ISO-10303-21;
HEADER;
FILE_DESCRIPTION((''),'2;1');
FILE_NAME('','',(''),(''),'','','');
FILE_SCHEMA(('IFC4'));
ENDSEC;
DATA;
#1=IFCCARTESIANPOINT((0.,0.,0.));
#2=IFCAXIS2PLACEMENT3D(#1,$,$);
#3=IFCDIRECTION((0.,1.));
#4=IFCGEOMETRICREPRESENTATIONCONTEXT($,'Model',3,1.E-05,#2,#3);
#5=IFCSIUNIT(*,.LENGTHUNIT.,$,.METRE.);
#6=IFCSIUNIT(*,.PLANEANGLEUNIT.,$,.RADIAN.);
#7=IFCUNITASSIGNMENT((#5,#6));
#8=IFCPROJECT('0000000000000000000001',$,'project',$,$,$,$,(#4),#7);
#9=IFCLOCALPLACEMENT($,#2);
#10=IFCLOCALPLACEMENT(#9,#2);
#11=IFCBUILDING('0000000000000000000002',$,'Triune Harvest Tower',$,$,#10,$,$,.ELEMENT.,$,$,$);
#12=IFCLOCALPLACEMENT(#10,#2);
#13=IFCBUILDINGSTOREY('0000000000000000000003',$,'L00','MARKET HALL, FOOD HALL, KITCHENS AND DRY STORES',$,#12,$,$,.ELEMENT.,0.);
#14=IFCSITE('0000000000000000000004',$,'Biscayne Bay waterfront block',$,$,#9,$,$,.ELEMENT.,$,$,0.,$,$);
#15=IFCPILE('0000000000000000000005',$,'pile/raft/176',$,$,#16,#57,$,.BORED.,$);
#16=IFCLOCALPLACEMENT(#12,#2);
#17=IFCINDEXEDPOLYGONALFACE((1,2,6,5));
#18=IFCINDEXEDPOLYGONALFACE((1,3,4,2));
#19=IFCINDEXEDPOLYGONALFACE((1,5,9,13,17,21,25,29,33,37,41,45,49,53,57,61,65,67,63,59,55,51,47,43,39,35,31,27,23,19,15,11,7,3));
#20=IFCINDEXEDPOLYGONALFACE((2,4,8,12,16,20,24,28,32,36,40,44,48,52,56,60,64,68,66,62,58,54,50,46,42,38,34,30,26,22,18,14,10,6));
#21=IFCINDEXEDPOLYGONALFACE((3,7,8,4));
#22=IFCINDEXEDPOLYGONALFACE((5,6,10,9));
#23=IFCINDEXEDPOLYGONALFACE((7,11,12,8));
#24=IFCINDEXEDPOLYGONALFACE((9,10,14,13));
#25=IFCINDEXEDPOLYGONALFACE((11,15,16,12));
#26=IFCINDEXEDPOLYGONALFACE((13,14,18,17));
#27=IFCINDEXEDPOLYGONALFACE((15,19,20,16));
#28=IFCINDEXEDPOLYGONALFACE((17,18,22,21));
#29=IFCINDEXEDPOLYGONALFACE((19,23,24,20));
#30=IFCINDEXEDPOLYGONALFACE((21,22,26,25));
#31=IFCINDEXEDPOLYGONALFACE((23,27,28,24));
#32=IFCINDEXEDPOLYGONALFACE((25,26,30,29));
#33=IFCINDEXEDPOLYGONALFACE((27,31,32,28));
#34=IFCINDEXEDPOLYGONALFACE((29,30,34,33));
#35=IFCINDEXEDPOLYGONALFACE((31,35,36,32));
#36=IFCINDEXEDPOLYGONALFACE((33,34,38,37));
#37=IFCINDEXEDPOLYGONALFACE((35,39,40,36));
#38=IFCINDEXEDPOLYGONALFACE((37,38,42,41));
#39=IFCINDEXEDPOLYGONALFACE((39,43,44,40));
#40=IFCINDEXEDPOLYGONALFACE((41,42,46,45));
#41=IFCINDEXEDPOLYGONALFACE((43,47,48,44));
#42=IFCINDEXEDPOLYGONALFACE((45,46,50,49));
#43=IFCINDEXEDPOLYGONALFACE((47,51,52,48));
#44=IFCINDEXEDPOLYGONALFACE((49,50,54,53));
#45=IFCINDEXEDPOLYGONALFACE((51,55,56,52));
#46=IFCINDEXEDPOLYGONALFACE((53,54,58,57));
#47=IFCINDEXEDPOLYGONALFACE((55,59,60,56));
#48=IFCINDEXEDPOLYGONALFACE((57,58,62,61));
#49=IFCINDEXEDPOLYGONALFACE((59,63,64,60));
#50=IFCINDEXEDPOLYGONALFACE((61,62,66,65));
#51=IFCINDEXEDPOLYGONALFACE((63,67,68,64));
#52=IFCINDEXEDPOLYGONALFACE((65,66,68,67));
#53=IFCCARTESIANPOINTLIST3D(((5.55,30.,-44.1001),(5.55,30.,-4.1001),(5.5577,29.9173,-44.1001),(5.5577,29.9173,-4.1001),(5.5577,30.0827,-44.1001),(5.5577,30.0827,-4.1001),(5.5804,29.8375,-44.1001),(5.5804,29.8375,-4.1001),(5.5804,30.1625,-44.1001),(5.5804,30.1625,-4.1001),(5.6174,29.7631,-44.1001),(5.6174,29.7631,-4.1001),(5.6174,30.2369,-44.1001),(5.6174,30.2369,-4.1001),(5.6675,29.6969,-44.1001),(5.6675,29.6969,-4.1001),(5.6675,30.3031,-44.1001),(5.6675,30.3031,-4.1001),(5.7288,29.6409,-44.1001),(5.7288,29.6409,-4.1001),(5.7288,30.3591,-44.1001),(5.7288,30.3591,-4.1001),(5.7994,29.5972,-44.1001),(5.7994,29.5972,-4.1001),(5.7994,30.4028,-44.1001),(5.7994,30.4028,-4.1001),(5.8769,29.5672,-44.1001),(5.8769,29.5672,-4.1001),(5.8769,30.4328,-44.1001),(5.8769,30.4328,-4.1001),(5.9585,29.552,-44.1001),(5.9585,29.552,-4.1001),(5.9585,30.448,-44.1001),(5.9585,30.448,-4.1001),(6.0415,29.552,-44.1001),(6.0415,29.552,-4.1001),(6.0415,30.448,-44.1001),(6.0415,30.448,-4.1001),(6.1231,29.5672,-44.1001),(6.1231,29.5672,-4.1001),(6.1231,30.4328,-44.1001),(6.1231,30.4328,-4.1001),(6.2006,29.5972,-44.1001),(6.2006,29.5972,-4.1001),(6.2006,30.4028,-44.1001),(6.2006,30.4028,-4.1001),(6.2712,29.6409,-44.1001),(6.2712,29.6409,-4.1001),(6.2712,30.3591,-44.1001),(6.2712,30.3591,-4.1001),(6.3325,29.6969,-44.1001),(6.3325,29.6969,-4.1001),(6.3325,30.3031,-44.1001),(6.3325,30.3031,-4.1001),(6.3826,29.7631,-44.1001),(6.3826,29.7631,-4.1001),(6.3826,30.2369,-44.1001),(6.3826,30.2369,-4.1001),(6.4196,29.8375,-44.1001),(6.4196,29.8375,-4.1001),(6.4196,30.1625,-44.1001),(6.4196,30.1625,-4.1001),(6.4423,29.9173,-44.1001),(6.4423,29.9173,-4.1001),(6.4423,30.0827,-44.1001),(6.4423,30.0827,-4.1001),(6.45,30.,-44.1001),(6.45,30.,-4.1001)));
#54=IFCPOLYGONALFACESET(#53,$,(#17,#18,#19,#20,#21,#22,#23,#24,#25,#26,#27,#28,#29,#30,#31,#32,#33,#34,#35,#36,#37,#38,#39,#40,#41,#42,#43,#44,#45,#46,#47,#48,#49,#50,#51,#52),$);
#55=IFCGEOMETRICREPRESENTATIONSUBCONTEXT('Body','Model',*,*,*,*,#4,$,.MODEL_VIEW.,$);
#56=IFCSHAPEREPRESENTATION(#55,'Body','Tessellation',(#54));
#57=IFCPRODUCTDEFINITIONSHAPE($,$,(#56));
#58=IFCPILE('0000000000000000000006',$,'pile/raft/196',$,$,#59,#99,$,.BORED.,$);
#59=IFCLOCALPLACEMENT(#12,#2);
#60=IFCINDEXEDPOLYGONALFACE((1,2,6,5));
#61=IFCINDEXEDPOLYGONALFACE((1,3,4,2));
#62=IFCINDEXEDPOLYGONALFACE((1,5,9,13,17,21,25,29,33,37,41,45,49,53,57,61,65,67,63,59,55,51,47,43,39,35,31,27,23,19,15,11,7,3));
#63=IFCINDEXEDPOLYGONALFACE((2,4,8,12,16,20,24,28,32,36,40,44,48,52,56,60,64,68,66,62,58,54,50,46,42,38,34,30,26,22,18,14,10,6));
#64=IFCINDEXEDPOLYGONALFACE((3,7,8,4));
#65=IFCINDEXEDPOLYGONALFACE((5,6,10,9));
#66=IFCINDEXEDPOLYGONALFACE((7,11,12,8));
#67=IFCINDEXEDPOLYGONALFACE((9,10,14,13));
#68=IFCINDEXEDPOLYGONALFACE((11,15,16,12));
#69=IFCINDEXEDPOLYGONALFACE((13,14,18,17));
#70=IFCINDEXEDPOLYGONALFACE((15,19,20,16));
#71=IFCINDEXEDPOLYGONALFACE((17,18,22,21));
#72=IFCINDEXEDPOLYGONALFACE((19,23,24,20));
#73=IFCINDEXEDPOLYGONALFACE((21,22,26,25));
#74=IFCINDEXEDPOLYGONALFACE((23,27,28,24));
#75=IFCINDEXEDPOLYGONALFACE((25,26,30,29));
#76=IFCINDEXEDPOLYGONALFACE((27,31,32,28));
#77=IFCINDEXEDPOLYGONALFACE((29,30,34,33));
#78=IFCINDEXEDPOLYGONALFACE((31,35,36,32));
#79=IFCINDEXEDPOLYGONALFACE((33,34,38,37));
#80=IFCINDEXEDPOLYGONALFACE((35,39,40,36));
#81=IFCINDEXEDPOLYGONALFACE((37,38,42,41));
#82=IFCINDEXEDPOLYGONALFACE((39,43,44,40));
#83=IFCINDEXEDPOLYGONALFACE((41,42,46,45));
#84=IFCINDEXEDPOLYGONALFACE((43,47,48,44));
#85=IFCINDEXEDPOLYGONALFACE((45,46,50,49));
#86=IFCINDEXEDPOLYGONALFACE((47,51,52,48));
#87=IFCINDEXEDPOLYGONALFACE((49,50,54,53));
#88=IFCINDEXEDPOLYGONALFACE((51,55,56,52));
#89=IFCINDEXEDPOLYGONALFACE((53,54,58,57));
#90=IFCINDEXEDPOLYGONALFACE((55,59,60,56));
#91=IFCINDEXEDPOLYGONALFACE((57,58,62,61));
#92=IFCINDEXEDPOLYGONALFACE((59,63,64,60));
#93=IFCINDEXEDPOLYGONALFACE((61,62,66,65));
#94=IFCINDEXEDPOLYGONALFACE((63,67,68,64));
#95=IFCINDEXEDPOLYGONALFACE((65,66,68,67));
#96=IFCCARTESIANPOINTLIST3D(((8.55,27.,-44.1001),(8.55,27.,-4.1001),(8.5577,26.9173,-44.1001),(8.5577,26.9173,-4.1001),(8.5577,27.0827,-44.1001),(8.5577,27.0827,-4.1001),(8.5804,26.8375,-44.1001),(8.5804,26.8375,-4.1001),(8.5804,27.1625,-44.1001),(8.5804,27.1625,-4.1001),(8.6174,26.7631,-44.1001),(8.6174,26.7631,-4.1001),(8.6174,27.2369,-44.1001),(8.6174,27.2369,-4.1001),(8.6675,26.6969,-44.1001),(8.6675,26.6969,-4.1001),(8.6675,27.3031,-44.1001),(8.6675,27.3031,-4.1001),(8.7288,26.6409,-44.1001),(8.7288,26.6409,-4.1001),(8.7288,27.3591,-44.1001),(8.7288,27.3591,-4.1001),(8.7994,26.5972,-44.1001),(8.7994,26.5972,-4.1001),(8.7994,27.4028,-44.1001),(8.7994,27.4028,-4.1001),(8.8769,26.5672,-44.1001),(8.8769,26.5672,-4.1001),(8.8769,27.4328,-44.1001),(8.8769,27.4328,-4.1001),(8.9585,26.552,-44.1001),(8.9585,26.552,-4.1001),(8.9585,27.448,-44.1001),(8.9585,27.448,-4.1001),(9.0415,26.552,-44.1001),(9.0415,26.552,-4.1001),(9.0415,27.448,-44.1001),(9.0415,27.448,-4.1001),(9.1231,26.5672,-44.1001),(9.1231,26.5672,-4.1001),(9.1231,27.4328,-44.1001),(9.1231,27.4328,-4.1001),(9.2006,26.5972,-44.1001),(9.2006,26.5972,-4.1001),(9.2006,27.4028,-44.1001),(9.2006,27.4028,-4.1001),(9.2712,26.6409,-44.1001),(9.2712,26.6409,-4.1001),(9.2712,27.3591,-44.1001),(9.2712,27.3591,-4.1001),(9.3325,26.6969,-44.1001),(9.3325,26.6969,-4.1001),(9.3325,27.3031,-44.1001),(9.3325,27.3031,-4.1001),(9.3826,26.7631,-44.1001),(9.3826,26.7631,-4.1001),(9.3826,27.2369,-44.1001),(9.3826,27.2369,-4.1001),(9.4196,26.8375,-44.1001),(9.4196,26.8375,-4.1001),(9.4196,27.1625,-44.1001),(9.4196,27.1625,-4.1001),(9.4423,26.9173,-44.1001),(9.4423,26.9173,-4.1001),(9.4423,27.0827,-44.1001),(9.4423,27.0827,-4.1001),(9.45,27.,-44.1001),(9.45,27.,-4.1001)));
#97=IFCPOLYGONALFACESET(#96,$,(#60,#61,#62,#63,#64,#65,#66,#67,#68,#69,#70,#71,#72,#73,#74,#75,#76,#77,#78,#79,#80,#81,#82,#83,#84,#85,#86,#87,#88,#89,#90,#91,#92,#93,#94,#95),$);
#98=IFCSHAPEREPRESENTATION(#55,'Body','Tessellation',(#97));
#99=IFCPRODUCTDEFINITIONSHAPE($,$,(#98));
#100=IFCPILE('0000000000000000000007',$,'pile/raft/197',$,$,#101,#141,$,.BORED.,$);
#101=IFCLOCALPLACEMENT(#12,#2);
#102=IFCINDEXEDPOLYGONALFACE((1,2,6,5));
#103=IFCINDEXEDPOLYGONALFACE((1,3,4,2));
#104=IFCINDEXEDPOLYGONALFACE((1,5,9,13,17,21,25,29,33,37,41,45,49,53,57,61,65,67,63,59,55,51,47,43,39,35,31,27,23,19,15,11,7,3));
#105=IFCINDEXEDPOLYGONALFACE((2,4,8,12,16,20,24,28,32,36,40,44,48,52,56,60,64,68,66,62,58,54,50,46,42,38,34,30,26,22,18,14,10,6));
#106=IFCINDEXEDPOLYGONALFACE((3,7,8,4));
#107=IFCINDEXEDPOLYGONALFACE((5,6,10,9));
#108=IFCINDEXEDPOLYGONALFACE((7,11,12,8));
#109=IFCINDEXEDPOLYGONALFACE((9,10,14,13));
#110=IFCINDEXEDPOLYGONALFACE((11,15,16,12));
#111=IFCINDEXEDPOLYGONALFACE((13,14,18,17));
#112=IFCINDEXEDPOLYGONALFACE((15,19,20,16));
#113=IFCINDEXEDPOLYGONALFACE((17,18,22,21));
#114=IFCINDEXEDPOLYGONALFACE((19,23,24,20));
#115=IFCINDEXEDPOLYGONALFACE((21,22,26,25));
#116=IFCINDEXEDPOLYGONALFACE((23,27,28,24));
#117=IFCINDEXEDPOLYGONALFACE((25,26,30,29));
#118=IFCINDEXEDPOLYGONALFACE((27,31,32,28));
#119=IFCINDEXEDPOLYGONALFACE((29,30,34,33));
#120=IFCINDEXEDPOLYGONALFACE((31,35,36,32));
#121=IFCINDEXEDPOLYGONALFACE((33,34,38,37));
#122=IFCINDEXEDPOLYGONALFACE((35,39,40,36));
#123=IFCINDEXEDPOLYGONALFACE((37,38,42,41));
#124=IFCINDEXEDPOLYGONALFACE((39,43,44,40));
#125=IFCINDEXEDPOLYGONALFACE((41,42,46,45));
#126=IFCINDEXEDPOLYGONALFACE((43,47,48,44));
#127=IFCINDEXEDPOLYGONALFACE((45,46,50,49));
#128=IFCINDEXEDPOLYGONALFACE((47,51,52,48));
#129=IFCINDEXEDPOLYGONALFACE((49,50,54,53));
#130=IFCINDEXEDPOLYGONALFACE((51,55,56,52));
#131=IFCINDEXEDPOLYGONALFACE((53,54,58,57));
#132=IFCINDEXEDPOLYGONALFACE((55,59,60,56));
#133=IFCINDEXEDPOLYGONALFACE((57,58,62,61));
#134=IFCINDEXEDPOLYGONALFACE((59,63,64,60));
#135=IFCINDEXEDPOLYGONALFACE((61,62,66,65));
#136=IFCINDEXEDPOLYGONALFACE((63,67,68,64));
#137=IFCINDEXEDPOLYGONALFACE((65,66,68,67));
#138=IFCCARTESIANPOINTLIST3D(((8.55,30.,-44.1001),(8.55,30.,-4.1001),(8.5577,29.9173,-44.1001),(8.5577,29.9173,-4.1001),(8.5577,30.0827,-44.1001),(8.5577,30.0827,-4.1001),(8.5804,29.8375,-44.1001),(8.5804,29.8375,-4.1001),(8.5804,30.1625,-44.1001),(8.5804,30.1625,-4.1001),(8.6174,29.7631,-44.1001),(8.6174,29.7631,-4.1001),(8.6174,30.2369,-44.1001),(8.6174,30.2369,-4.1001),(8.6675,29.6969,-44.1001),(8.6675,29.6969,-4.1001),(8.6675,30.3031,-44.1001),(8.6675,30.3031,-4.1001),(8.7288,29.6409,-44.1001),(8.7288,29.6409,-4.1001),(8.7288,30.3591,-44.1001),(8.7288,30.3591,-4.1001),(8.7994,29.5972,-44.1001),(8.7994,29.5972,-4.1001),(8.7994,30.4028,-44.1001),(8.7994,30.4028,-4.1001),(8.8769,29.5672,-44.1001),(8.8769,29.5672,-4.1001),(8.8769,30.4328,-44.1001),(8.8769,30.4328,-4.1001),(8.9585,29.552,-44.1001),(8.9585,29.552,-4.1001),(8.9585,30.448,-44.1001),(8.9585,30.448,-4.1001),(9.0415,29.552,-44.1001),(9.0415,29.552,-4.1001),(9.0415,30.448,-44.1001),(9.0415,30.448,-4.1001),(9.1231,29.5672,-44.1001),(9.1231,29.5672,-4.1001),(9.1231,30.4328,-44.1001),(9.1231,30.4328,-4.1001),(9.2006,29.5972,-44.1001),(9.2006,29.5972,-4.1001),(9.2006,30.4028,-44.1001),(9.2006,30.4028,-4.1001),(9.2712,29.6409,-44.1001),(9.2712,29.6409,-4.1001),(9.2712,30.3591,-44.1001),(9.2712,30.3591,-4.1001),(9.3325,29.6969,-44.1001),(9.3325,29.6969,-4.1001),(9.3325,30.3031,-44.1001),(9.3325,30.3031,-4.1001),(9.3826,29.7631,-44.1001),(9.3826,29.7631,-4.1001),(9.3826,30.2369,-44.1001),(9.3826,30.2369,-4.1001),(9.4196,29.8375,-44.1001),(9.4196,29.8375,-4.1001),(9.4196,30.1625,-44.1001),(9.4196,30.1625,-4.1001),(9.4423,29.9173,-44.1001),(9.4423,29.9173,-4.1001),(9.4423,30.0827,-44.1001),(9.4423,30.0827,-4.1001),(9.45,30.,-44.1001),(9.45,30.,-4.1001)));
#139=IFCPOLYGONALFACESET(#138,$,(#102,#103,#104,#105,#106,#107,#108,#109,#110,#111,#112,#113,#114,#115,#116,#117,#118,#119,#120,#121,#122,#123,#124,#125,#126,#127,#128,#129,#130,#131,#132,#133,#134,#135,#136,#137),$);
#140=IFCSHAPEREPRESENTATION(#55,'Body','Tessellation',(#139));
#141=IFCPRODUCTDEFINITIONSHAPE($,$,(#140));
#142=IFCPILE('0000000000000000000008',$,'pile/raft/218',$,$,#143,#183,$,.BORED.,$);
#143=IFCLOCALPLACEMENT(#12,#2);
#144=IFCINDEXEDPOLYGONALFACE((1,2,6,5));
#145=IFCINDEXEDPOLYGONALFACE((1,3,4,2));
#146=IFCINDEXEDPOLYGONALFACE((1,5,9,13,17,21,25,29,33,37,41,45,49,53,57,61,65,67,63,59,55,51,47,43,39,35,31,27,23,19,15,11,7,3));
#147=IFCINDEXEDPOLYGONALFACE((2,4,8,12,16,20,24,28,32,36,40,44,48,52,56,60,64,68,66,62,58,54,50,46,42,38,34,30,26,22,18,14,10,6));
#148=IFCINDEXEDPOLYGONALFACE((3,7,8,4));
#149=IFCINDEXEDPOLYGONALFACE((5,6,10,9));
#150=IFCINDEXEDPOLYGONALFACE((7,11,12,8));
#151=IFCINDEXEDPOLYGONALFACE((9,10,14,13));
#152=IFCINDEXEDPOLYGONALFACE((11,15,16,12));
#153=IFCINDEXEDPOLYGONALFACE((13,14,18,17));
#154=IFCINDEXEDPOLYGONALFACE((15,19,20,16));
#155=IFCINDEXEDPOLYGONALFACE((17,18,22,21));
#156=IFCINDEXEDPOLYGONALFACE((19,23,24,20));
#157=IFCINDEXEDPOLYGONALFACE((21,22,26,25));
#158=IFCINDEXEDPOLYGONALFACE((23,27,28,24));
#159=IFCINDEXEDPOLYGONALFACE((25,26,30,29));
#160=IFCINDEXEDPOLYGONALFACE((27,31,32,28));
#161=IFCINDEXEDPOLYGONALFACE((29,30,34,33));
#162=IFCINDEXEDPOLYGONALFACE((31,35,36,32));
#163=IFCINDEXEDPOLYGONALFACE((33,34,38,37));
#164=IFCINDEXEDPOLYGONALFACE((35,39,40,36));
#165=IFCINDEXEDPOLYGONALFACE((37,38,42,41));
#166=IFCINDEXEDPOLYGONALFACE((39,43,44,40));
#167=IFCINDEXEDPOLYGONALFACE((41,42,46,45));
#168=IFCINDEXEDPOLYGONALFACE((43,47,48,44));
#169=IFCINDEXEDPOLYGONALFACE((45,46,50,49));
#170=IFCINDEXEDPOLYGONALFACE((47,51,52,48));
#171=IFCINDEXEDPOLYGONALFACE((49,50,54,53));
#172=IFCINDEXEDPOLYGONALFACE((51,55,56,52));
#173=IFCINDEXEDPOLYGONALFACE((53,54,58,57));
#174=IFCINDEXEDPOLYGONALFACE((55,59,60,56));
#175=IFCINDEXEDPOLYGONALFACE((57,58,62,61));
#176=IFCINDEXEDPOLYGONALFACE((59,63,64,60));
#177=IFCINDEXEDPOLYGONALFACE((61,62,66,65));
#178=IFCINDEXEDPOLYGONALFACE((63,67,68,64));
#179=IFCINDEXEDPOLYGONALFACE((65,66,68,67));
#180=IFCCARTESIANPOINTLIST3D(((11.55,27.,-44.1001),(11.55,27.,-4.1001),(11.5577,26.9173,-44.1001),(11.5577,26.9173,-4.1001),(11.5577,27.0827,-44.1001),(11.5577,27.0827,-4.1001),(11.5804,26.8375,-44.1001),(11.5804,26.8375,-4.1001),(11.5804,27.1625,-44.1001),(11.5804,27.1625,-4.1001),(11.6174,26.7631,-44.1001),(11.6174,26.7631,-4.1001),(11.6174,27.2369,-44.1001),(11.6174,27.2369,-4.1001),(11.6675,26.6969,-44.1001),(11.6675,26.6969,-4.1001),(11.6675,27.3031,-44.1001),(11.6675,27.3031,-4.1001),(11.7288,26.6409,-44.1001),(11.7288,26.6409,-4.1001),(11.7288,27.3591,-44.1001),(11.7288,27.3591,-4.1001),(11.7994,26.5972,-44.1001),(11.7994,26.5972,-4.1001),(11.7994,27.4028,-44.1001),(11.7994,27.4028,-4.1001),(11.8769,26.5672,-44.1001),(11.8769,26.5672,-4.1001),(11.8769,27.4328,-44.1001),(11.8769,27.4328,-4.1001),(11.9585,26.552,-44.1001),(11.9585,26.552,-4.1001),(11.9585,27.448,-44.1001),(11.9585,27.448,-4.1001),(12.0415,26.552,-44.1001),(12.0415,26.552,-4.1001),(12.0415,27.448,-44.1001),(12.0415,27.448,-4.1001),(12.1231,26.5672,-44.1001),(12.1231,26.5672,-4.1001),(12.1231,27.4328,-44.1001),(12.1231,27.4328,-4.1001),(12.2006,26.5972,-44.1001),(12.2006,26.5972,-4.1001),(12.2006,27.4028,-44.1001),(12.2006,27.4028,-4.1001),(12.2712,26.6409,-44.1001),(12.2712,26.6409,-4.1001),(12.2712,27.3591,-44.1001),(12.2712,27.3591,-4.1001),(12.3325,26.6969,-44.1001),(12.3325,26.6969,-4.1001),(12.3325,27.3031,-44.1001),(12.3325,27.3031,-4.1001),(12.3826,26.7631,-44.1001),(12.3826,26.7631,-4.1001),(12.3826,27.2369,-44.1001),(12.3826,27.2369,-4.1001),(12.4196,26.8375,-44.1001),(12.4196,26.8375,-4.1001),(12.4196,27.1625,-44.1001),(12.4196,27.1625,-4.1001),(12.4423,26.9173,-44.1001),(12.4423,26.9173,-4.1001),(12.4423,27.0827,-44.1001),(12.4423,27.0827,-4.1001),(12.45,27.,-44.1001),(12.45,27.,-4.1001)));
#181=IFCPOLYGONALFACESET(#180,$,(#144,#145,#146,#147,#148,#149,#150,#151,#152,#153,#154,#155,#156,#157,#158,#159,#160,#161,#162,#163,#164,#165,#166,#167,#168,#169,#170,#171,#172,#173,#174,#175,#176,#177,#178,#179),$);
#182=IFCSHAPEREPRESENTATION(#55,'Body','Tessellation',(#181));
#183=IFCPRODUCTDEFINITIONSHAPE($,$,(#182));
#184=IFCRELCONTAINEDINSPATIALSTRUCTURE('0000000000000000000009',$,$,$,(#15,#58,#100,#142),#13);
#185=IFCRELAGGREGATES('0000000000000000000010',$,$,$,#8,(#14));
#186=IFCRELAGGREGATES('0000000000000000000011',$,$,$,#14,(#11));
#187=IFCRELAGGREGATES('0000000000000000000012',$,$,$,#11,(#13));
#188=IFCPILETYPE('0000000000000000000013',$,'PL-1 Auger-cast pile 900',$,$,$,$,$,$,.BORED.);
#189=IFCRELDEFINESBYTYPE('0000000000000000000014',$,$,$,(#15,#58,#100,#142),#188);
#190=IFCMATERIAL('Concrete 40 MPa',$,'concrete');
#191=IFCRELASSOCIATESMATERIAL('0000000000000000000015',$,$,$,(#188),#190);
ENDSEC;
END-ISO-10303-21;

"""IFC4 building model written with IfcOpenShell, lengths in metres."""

from ifc_helpers import new_model, si_unit, direction, frame, origin, origin_2d, place, context, subcontext, project, spatial, circle, extrude, source, transform, mapped, material, material_profile, profile_set, type_object, element, save


model = new_model("IFC4")

# Units and contexts
model_context = context("Model", 3, precision=1e-05, world=origin(), true_north=direction((0.0, 1.0)))
body_context = subcontext(model_context, "Body", "Model", "MODEL_VIEW")
ifc_project = project(units=[si_unit("LENGTHUNIT", "METRE"), si_unit("PLANEANGLEUNIT", "RADIAN")], contexts=[model_context])

# Site, building, storey
site_placement = place(None, origin())
site = spatial("IfcSite", under=ifc_project, at=site_placement, Name="Biscayne Bay waterfront block", CompositionType="ELEMENT", RefElevation=0.0)
building_placement = place(site_placement, origin())
building = spatial("IfcBuilding", under=site, at=building_placement, Name="Triune Harvest Tower", CompositionType="ELEMENT")
storey_placement = place(building_placement, origin())
storey = spatial("IfcBuildingStorey", under=building, at=storey_placement, Name="L00", Description="MARKET HALL, FOOD HALL, KITCHENS AND DRY STORES", CompositionType="ELEMENT", Elevation=0.0)

# Piles
ifc_material_1 = material(Name="Concrete 40 MPa", Category="concrete")
ifc_material_profile_1 = material_profile(ifc_material_1, circle(Radius=0.45, at=origin_2d()), Name="Bored 900")
ifc_profile_set_1 = profile_set([ifc_material_profile_1], Name="Concrete 40 MPa")
pile_type = type_object("IfcPileType", Name="PL-1 Auger-cast pile 900", PredefinedType="BORED", material=ifc_profile_set_1)
shared_shape_1 = source(origin(), body_context, "Body", "SweptSolid", [
    extrude(circle(Radius=0.45, at=origin_2d()), origin(), (0.0, 0.0, 1.0), 40.0),
])
for number, where, z_axis, x_axis, name in (
    (1, (6.0, 30.0, -4.1001), (0.0, 0.0, -1.0), (1.0, 0.0, 0.0), "pile/raft/176"),
    (2, (9.0, 27.0, -4.1001), (0.0, 0.0, -1.0), (1.0, 0.0, 0.0), "pile/raft/196"),
    (3, (9.0, 30.0, -4.1001), (0.0, 0.0, -1.0), (1.0, 0.0, 0.0), "pile/raft/197"),
    (4, (12.0, 27.0, -4.1001), (0.0, 0.0, -1.0), (1.0, 0.0, 0.0), "pile/raft/218"),
):
    element("IfcPile", number, at=place(storey_placement, frame(where, z_axis=z_axis, x_axis=x_axis)), inside=storey, type_object=pile_type, Name=name, PredefinedType="BORED", context=body_context, shape_type="MappedRepresentation", body=[
        mapped(shared_shape_1, transform((0.0, 0.0, 0.0), scale=1.0)),
    ])

save(model, "model.ifc")
